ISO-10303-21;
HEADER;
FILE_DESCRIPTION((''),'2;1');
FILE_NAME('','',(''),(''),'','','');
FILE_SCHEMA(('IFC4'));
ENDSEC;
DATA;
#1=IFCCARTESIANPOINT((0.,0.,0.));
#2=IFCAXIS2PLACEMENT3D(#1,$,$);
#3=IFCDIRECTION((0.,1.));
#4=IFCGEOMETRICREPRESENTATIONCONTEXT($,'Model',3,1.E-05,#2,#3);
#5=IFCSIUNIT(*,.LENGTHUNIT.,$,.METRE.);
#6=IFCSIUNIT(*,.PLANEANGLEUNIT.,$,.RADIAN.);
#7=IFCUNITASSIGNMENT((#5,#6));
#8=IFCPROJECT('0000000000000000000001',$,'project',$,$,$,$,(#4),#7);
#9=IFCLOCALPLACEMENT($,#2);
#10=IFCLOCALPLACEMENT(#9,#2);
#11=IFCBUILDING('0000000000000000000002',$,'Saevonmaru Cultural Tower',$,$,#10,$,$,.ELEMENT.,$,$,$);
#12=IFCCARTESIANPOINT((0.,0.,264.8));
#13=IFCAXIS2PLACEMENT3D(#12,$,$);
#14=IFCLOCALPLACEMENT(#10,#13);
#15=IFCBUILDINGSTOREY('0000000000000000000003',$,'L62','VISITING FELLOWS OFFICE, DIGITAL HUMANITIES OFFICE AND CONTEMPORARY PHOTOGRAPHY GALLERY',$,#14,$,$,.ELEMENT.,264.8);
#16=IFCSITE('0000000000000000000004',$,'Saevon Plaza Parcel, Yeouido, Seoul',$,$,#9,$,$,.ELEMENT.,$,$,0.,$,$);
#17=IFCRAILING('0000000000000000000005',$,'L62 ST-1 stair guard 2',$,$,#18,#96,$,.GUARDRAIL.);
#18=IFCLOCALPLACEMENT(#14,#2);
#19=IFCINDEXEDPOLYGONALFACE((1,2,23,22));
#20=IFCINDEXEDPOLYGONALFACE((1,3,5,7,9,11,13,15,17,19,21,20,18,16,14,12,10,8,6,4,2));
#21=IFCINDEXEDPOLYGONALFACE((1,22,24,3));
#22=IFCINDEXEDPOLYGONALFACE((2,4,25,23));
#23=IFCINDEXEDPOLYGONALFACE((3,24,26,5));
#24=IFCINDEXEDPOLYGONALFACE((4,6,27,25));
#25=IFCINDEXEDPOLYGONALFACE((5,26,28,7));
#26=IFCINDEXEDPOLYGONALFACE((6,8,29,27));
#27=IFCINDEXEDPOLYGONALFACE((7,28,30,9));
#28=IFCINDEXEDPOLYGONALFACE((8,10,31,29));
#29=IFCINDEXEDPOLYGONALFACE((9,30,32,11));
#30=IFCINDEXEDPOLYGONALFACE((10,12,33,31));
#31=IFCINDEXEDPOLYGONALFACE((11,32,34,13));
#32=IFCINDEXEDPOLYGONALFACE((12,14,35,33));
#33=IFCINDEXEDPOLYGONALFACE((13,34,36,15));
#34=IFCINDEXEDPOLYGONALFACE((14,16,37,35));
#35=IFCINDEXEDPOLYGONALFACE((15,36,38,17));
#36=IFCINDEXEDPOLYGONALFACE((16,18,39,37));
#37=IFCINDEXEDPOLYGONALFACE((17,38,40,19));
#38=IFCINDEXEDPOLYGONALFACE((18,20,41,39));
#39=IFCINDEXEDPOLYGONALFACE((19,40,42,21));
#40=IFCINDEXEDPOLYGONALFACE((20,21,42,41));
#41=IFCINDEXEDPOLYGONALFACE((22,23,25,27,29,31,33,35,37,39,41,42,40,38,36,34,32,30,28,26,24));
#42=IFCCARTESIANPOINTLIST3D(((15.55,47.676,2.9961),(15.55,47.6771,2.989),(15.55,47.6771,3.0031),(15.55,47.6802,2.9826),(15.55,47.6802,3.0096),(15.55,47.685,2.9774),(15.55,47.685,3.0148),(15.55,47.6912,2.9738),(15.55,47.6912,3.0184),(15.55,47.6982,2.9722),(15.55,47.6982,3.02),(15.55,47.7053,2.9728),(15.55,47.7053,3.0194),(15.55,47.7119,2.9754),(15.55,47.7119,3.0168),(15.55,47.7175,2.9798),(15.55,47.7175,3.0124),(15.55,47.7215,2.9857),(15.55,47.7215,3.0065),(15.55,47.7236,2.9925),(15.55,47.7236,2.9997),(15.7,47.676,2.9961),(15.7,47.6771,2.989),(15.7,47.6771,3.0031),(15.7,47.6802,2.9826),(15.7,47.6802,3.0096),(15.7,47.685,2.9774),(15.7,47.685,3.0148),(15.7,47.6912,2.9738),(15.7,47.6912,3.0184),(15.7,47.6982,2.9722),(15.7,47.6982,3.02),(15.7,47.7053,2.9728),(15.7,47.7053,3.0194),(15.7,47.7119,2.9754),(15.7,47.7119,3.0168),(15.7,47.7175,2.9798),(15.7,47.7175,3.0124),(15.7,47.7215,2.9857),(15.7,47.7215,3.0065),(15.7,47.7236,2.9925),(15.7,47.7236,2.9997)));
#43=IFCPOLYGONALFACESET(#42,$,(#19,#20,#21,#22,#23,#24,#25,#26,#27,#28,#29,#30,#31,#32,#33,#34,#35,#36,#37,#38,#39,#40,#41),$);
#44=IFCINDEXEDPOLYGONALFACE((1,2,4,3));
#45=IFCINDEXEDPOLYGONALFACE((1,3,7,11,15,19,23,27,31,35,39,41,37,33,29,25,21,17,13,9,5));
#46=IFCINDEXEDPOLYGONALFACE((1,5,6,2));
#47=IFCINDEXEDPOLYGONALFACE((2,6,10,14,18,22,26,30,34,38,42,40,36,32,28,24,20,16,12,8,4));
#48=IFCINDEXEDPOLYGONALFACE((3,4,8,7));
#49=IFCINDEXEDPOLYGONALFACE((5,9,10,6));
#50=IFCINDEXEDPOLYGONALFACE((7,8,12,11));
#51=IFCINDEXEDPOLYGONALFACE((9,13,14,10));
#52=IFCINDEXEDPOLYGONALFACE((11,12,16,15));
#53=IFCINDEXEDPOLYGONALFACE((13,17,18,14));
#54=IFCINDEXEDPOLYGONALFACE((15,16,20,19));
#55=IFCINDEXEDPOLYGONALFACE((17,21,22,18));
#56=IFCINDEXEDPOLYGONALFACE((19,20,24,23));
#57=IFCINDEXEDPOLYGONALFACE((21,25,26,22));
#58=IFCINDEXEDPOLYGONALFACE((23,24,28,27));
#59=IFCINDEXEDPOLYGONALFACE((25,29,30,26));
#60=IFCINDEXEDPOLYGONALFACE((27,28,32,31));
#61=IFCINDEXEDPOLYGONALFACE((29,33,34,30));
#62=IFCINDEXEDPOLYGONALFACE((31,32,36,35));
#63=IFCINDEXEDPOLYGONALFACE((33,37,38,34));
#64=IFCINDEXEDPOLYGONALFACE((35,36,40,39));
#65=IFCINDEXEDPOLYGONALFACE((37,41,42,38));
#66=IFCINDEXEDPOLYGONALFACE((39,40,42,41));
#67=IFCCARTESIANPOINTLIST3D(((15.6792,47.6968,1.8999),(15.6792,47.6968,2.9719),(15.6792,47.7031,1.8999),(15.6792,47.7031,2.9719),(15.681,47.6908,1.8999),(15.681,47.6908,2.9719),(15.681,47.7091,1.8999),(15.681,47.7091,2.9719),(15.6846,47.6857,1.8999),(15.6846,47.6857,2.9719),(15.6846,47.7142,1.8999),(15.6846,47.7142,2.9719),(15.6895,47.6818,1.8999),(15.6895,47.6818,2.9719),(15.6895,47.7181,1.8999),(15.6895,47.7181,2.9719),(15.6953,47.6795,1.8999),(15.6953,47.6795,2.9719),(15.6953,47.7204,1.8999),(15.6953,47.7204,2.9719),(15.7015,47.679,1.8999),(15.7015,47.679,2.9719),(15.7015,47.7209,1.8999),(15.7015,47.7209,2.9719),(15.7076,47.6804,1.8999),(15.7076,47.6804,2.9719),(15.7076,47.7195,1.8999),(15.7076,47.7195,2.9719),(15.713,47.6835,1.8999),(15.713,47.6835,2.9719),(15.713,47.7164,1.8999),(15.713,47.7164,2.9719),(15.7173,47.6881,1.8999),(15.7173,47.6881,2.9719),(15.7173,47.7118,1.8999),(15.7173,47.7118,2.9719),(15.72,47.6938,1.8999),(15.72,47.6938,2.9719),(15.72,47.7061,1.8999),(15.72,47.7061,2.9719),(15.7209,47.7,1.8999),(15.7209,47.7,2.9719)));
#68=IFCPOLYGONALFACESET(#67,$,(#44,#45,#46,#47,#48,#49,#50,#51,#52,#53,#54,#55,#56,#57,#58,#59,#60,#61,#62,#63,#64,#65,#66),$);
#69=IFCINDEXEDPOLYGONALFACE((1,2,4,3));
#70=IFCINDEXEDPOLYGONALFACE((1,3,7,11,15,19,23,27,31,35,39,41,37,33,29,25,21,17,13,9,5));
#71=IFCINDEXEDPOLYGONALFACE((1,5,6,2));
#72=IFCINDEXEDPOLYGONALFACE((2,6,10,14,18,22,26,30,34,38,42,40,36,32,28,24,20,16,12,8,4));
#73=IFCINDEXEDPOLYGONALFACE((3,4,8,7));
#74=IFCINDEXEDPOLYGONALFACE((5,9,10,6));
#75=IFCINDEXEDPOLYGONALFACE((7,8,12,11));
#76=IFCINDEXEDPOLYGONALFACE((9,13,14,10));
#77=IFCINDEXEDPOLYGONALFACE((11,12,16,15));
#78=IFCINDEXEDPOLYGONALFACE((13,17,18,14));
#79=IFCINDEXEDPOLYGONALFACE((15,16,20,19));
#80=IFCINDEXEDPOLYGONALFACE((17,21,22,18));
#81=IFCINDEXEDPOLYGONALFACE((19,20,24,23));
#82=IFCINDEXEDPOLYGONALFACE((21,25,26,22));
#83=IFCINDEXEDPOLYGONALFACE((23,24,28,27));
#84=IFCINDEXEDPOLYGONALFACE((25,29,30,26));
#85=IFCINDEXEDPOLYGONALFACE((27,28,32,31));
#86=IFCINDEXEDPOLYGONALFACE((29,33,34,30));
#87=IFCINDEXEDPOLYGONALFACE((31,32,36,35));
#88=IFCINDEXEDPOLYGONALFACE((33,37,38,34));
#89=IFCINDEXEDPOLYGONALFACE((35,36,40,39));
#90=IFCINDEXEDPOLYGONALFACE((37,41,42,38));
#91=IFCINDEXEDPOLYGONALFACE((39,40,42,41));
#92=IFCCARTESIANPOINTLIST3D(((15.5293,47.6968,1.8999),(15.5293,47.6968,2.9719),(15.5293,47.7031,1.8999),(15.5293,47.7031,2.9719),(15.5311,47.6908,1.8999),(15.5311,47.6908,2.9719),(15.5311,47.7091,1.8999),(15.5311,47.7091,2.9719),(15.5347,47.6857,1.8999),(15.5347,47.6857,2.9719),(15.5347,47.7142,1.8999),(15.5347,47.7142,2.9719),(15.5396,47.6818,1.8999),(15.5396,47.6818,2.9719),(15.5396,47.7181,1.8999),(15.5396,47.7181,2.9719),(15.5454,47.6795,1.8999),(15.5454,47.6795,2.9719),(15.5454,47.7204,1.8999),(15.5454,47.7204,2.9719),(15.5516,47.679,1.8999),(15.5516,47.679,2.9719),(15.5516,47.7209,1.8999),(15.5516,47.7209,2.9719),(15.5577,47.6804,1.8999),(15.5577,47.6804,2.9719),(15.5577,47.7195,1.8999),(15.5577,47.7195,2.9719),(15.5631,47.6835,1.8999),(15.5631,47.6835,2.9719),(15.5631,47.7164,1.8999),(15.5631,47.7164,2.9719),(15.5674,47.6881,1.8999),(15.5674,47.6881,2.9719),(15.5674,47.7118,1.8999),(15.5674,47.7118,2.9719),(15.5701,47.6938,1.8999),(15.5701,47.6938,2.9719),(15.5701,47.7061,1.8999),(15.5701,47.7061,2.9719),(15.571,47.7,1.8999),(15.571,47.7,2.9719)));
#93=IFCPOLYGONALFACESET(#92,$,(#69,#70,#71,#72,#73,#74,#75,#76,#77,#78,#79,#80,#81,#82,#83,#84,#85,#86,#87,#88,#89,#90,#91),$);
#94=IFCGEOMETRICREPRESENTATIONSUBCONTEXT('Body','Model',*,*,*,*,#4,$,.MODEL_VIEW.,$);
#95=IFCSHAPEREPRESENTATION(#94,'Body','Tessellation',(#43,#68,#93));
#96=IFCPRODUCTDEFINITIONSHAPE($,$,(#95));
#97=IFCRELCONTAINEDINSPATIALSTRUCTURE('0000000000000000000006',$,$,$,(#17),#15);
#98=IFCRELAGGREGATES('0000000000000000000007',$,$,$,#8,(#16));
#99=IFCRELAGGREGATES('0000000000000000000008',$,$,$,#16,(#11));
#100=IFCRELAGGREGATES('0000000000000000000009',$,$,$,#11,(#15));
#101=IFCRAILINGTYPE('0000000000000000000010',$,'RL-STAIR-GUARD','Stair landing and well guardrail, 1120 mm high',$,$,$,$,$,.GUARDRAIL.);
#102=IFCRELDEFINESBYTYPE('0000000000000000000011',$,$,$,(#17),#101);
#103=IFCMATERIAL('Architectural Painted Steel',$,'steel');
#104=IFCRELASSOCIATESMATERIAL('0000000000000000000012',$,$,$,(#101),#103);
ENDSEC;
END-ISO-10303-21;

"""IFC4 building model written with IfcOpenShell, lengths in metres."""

from ifc_helpers import new_model, si_unit, direction, frame, origin, origin_2d, place, context, subcontext, project, spatial, circle, extrude, material, type_object, element, save


model = new_model("IFC4")

# Units and contexts
model_context = context("Model", 3, precision=1e-05, world=origin(), true_north=direction((0.0, 1.0)))
body_context = subcontext(model_context, "Body", "Model", "MODEL_VIEW")
ifc_project = project(units=[si_unit("LENGTHUNIT", "METRE"), si_unit("PLANEANGLEUNIT", "RADIAN")], contexts=[model_context])

# Site, building, storey
site_placement = place(None, origin())
site = spatial("IfcSite", under=ifc_project, at=site_placement, Name="Saevon Plaza Parcel, Yeouido, Seoul", CompositionType="ELEMENT", RefElevation=0.0)
building_placement = place(site_placement, origin())
building = spatial("IfcBuilding", under=site, at=building_placement, Name="Saevonmaru Cultural Tower", CompositionType="ELEMENT")
storey_placement = place(building_placement, frame((0.0, 0.0, 264.8)))
storey = spatial("IfcBuildingStorey", under=building, at=storey_placement, Name="L62", Description="VISITING FELLOWS OFFICE, DIGITAL HUMANITIES OFFICE AND CONTEMPORARY PHOTOGRAPHY GALLERY", CompositionType="ELEMENT", Elevation=264.8)

# Railing
ifc_material_1 = material(Name="Architectural Painted Steel", Category="steel")
railing_type_1 = type_object("IfcRailingType", Name="RL-STAIR-GUARD", Description="Stair landing and well guardrail, 1120 mm high", PredefinedType="GUARDRAIL", material=ifc_material_1)
railing_1_placement = place(storey_placement, frame((15.7, 47.7, 1.8999)))
element("IfcRailing", 1, at=railing_1_placement, inside=storey, type_object=railing_type_1, Name="L62 ST-1 stair guard 2", PredefinedType="GUARDRAIL", context=body_context, shape_type="SweptSolid", body=[
    extrude(circle(Radius=0.0239, at=origin_2d()), frame((0.0, 0.0, 1.0962), z_axis=(-1.0, 0.0, 0.0), x_axis=(0.0, -1.0, 0.0)), (0.0, 0.0, 1.0), 0.1499),
    extrude(circle(Radius=0.021, at=origin_2d()), origin(), (0.0, 0.0, 1.0), 1.072),
    extrude(circle(Radius=0.021, at=origin_2d()), frame((-0.1499, 0.0, 0.0)), (0.0, 0.0, 1.0), 1.072),
])

save(model, "model.ifc")
